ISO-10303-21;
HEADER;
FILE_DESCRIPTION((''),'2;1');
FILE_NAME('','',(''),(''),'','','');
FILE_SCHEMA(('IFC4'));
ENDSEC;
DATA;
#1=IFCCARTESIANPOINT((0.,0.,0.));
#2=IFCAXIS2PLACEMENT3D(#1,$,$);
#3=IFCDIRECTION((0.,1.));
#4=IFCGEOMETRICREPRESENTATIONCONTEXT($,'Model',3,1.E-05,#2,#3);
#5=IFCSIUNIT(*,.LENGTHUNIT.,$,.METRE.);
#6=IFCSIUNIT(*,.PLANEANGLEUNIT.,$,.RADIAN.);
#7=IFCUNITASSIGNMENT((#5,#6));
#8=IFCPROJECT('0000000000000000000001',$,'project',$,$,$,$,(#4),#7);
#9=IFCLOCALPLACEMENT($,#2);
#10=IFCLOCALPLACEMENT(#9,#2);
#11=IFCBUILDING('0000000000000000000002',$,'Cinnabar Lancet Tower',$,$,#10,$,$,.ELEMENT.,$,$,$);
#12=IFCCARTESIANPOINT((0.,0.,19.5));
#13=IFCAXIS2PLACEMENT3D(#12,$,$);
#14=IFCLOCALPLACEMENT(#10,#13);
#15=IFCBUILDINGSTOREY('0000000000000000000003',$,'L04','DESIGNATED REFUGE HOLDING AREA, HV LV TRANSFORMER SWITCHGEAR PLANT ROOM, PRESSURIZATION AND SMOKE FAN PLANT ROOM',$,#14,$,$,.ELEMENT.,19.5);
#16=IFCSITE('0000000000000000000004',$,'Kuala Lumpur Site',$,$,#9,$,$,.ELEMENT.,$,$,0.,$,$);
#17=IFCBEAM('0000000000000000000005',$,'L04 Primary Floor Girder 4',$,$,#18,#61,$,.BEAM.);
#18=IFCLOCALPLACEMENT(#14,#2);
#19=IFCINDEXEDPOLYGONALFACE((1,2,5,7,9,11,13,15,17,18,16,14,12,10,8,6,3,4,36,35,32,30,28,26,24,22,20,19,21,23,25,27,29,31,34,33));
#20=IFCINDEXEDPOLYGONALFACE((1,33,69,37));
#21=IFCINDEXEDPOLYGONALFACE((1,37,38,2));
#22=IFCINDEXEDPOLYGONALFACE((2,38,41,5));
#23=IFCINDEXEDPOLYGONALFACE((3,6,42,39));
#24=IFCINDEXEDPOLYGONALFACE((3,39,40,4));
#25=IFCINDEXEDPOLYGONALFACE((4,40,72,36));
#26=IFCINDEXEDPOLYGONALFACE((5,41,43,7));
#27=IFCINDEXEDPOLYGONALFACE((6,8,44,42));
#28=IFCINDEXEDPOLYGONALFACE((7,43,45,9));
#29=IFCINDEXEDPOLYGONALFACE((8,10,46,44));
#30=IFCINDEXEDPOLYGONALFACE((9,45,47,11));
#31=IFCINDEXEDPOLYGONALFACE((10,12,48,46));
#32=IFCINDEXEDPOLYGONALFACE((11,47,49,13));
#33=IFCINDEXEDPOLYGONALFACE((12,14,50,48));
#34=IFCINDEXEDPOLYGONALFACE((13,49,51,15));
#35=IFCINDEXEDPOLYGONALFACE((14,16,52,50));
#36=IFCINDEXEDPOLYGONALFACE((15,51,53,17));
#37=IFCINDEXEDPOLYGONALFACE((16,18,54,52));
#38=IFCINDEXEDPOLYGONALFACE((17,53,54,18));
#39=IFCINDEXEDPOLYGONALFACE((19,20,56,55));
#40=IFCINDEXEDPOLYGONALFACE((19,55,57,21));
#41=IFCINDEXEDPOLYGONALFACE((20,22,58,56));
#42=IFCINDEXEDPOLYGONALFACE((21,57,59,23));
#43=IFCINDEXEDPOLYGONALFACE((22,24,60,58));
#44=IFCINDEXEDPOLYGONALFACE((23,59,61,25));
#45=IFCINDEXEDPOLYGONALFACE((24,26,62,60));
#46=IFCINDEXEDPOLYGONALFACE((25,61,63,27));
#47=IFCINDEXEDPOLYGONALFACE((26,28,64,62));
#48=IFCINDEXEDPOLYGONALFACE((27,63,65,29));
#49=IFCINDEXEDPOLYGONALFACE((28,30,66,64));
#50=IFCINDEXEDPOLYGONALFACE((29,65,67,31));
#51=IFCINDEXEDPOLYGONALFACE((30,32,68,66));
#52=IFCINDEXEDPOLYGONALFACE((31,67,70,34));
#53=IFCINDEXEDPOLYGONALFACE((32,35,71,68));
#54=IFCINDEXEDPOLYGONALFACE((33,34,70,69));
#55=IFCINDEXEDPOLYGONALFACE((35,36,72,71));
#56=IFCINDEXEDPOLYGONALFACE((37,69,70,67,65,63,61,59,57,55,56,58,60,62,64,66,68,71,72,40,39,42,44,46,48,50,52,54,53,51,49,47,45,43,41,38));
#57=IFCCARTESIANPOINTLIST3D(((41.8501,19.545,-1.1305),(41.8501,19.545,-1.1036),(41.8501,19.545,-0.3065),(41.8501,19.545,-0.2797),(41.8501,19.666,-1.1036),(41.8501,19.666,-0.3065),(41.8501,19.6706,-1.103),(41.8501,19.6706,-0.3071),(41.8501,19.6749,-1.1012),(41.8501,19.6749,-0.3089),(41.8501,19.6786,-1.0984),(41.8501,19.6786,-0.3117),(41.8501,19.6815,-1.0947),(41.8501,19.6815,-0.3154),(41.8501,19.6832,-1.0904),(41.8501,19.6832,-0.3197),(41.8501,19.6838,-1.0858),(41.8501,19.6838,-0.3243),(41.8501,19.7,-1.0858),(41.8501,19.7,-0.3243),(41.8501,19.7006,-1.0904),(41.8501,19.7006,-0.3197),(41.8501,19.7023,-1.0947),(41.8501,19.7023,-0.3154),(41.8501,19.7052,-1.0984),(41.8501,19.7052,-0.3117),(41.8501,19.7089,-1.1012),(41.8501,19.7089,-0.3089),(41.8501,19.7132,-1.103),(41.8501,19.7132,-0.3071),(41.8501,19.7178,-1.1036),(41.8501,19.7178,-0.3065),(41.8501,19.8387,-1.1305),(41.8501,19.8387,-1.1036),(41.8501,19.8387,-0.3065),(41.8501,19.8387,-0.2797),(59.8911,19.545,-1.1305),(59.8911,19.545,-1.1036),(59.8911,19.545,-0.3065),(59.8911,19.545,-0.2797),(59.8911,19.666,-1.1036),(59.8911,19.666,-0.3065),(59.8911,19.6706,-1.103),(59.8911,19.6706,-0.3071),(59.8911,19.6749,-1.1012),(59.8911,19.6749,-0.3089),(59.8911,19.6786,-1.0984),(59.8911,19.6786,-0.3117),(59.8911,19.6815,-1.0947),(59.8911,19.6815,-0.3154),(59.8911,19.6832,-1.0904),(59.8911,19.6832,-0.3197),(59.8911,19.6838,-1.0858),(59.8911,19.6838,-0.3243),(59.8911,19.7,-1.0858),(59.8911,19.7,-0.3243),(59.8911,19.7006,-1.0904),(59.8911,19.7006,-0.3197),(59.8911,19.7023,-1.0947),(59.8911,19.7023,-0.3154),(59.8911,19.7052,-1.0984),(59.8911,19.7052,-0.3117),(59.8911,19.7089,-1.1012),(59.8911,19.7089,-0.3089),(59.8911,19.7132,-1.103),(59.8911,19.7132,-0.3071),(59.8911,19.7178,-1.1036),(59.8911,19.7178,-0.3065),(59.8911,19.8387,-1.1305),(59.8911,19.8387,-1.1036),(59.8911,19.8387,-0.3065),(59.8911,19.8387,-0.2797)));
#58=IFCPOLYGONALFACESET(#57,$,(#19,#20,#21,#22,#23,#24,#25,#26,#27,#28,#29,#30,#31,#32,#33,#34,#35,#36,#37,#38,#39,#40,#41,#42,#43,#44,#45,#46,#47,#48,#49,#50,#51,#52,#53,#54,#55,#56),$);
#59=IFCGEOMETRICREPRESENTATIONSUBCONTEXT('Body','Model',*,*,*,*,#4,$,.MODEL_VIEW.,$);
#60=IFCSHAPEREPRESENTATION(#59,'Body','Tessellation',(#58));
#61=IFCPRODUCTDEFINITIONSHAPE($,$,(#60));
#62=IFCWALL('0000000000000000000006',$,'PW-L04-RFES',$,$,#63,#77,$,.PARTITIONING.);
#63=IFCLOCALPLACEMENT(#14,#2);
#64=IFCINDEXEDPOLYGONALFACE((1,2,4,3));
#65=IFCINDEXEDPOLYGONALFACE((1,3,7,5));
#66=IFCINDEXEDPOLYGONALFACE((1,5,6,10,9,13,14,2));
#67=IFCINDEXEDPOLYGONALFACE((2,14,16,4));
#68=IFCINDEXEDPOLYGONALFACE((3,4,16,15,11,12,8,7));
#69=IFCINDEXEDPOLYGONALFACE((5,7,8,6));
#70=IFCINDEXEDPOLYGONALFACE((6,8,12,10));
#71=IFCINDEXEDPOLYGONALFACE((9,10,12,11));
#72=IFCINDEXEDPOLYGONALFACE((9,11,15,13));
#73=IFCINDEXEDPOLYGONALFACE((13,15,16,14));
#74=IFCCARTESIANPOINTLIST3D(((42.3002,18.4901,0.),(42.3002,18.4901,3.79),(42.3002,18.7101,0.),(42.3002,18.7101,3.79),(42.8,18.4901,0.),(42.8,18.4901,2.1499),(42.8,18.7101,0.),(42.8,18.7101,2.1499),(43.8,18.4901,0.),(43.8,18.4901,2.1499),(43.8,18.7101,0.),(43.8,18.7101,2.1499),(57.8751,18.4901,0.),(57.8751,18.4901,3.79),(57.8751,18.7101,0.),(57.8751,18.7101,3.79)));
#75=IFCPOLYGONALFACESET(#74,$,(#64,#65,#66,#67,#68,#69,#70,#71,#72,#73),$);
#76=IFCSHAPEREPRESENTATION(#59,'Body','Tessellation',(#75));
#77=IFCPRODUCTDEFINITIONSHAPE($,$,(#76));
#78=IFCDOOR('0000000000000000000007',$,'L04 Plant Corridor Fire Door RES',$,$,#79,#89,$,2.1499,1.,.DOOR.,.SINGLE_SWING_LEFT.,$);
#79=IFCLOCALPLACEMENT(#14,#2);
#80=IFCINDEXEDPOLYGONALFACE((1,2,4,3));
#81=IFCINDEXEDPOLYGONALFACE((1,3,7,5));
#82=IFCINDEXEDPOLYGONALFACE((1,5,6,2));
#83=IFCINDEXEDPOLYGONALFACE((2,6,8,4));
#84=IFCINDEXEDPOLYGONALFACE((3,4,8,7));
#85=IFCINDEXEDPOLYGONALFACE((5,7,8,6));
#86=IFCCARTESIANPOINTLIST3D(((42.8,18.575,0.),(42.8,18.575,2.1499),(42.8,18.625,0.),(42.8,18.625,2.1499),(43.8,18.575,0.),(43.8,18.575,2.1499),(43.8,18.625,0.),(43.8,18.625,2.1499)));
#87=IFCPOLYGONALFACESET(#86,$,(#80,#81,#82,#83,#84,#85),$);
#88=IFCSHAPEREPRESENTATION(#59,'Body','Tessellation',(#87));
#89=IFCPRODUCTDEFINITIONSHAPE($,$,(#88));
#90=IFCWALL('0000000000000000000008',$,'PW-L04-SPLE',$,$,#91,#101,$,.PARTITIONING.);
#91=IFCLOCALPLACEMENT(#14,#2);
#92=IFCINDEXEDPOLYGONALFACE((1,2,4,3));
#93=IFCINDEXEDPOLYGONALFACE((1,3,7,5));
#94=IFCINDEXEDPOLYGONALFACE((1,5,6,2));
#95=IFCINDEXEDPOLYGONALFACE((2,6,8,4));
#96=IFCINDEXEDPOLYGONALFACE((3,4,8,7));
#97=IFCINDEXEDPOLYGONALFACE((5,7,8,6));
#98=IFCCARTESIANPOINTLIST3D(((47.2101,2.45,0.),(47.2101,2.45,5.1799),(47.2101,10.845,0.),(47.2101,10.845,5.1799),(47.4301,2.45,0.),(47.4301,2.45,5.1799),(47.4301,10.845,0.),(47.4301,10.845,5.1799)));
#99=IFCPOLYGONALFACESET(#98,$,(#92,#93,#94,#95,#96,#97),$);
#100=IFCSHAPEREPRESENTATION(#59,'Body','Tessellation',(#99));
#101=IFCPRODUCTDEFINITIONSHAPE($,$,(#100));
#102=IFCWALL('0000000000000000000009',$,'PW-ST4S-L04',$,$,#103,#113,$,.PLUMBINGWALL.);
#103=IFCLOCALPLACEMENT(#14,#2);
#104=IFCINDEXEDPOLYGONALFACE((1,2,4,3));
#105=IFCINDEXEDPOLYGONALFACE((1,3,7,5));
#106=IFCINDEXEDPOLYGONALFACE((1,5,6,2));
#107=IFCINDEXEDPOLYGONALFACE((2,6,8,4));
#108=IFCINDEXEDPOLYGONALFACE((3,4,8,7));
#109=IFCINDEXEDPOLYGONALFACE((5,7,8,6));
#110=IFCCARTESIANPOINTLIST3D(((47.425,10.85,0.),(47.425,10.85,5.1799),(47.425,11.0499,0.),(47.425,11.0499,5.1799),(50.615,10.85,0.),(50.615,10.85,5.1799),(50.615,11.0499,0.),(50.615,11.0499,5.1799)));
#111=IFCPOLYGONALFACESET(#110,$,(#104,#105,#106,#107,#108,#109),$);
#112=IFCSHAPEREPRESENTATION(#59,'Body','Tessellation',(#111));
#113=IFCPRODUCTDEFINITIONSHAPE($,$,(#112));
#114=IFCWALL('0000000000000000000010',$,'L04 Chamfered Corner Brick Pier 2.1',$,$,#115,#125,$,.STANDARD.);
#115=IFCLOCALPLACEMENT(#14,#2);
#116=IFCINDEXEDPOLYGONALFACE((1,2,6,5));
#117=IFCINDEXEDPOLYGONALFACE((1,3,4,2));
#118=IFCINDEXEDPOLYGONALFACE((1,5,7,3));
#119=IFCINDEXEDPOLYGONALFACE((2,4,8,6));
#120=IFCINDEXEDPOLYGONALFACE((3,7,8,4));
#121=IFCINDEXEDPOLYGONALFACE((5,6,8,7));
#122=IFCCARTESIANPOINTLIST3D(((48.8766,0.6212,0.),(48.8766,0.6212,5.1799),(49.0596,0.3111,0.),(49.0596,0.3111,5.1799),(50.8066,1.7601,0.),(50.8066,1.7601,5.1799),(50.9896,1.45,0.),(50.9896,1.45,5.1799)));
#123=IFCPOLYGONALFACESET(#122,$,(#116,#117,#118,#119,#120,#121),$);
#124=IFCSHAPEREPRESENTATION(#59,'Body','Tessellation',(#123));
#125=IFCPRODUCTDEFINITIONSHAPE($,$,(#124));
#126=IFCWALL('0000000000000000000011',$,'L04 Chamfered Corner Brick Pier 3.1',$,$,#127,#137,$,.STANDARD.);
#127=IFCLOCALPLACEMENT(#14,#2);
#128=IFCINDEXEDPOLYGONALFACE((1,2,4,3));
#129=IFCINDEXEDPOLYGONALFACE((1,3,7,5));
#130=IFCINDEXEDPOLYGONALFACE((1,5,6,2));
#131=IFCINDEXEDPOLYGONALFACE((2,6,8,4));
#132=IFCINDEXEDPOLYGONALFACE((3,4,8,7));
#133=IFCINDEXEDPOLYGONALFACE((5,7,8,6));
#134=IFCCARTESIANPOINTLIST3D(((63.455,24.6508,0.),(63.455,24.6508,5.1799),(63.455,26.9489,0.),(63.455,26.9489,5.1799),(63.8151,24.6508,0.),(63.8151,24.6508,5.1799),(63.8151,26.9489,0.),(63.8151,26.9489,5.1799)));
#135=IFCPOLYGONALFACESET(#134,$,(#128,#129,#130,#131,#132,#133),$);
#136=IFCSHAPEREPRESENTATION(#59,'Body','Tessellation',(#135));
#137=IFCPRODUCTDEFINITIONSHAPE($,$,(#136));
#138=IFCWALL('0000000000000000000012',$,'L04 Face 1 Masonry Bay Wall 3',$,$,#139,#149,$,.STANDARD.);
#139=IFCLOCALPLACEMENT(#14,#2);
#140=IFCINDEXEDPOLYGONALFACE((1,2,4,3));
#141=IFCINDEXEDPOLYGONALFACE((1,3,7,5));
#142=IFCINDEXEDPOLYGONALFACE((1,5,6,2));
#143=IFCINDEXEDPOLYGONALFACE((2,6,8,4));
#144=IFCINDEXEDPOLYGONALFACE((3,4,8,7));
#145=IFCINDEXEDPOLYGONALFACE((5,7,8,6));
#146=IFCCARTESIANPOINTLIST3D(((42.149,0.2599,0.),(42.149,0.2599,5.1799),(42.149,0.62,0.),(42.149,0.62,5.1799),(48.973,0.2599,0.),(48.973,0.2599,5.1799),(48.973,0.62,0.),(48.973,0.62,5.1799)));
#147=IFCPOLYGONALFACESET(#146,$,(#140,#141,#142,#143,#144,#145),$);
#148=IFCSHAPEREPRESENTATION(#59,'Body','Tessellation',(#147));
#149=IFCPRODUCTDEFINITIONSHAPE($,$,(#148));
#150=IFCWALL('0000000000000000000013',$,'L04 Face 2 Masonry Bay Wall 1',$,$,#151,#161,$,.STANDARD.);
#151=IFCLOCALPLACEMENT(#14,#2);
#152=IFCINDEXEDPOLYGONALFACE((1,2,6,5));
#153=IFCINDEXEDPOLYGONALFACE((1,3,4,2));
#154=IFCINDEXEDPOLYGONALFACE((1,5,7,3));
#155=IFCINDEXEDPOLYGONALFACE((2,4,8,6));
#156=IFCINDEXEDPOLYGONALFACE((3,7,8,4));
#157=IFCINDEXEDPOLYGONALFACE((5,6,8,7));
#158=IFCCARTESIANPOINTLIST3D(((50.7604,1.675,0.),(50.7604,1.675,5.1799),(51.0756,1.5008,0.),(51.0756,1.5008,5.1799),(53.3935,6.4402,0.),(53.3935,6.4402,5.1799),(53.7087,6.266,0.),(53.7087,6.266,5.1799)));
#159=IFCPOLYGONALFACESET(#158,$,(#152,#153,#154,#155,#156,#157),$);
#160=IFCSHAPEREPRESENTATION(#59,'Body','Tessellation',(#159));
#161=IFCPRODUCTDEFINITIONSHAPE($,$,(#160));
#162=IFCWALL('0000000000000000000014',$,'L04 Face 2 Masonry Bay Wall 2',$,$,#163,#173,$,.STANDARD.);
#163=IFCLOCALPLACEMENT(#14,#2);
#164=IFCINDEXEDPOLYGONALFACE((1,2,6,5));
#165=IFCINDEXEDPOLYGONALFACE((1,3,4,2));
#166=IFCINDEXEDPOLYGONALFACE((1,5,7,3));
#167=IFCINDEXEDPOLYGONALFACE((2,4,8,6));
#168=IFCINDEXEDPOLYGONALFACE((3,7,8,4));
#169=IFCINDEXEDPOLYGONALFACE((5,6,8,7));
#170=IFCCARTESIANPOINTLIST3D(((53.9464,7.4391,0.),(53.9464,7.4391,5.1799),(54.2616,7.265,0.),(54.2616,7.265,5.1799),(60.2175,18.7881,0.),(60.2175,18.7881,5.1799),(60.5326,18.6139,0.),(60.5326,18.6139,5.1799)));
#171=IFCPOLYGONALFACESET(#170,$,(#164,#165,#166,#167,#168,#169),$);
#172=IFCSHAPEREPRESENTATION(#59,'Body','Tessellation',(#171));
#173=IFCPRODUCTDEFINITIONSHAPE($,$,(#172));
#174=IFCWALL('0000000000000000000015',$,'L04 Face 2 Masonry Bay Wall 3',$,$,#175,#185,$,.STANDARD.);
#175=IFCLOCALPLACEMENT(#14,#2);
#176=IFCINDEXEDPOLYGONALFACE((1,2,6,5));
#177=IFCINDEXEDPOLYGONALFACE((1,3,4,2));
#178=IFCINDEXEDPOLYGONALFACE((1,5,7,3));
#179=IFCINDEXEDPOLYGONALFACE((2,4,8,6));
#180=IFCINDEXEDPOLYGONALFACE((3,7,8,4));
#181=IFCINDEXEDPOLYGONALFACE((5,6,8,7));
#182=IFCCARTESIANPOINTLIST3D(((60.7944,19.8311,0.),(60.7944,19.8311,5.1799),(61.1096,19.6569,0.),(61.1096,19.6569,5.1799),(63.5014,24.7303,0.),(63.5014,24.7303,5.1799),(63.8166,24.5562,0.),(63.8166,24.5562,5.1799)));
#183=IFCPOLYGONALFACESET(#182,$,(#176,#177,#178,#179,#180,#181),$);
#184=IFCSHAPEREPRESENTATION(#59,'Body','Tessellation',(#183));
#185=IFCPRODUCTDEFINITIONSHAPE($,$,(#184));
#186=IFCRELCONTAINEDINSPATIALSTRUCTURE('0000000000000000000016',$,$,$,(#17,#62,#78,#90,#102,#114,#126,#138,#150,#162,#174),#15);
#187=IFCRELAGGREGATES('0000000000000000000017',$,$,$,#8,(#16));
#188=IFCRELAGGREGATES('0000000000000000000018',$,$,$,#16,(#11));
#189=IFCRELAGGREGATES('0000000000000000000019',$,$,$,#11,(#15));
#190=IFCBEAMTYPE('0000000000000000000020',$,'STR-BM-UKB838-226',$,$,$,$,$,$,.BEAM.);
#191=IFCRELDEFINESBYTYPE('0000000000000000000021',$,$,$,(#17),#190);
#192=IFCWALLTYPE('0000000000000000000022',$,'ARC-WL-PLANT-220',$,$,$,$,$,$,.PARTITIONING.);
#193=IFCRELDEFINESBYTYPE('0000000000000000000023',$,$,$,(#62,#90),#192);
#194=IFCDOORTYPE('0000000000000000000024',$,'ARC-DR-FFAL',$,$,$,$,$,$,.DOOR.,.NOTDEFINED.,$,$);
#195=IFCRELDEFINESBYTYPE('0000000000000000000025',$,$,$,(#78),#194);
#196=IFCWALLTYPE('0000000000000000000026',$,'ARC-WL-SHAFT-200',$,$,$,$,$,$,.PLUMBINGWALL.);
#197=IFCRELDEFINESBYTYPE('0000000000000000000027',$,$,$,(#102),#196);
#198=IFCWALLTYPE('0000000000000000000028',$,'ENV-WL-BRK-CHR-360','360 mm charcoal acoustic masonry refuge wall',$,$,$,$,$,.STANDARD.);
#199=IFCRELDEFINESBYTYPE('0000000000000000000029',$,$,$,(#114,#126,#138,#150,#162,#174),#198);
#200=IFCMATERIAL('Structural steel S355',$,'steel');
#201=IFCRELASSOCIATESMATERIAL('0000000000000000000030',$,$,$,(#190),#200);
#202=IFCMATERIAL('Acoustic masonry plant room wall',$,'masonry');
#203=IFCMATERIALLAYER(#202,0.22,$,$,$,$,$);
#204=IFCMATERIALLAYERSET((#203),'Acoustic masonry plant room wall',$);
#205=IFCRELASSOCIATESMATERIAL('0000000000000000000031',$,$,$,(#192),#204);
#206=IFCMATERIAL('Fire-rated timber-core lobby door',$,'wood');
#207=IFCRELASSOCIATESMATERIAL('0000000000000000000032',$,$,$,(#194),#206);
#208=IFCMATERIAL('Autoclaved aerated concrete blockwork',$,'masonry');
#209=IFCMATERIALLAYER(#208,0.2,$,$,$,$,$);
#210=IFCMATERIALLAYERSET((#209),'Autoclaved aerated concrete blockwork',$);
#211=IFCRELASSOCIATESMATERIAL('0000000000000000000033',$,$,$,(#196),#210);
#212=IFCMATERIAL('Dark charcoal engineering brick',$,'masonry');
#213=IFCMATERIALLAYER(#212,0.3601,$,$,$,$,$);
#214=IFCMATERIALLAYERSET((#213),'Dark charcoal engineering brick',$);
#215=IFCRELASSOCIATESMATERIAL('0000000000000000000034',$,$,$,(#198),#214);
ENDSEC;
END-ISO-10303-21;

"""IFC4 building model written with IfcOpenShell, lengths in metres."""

from ifc_helpers import new_model, si_unit, direction, frame, frame_2d, origin, origin_2d, place, context, subcontext, project, spatial, rectangle, i_section, extrude, material, layer, layer_set, material_profile, profile_set, type_object, element, fill, save


model = new_model("IFC4")

# Units and contexts
model_context = context("Model", 3, precision=1e-05, world=origin(), true_north=direction((0.0, 1.0)))
body_context = subcontext(model_context, "Body", "Model", "MODEL_VIEW")
ifc_project = project(units=[si_unit("LENGTHUNIT", "METRE"), si_unit("PLANEANGLEUNIT", "RADIAN")], contexts=[model_context])

# Site, building, storey
site_placement = place(None, origin())
site = spatial("IfcSite", under=ifc_project, at=site_placement, Name="Kuala Lumpur Site", CompositionType="ELEMENT", RefElevation=0.0)
building_placement = place(site_placement, origin())
building = spatial("IfcBuilding", under=site, at=building_placement, Name="Cinnabar Lancet Tower", CompositionType="ELEMENT")
storey_placement = place(building_placement, frame((0.0, 0.0, 19.5)))
storey = spatial("IfcBuildingStorey", under=building, at=storey_placement, Name="L04", Description="DESIGNATED REFUGE HOLDING AREA, HV LV TRANSFORMER SWITCHGEAR PLANT ROOM, PRESSURIZATION AND SMOKE FAN PLANT ROOM", CompositionType="ELEMENT", Elevation=19.5)

# Beam
ifc_material_1 = material(Name="Structural steel S355", Category="steel")
ifc_material_profile_1 = material_profile(ifc_material_1, i_section(OverallWidth=0.2937, OverallDepth=0.8508, WebThickness=0.0161, FlangeThickness=0.0269, FilletRadius=0.0178, at=origin_2d()), Name="UKB 838x292x226")
ifc_profile_set_1 = profile_set([ifc_material_profile_1], Name="Structural steel S355")
beam_type_1 = type_object("IfcBeamType", Name="STR-BM-UKB838-226", PredefinedType="BEAM", material=ifc_profile_set_1)
beam_1_placement = place(storey_placement, frame((59.8911, 19.6919, -0.7051), z_axis=(-1.0, 0.0, 0.0), x_axis=(0.0, -1.0, 0.0)))
element("IfcBeam", 1, at=beam_1_placement, inside=storey, type_object=beam_type_1, Name="L04 Primary Floor Girder 4", PredefinedType="BEAM", context=body_context, shape_type="SweptSolid", body=[
    extrude(i_section(OverallWidth=0.2937, OverallDepth=0.8508, WebThickness=0.0161, FlangeThickness=0.0269, FilletRadius=0.0178, at=origin_2d()), origin(), (0.0, 0.0, 1.0), 18.041),
])

# Wall, opening, door
ifc_material_2 = material(Name="Acoustic masonry plant room wall", Category="masonry")
ifc_layer_1 = layer(ifc_material_2, 0.22)
ifc_layer_set_1 = layer_set([ifc_layer_1], Name="Acoustic masonry plant room wall")
wall_type_1 = type_object("IfcWallType", Name="ARC-WL-PLANT-220", PredefinedType="PARTITIONING", material=ifc_layer_set_1)
wall_1_placement = place(storey_placement, frame((42.3, 18.6001, 0.0), z_axis=(0.0, 0.0, 1.0), x_axis=(1.0, 0.0, 0.0)))
wall_1 = element("IfcWall", 2, at=wall_1_placement, inside=storey, type_object=wall_type_1, Name="PW-L04-RFES", PredefinedType="PARTITIONING", context=body_context, shape_type="SweptSolid", body=[
    extrude(rectangle(XDim=15.575, YDim=0.22, at=frame_2d((7.7876, 0.0))), origin(), (0.0, 0.0, 1.0), 3.79),
])
opening_1_placement = place(wall_1_placement, frame((0.5, 0.0, 0.0)))
opening_1 = element("IfcOpeningElement", 3, at=opening_1_placement, cuts=wall_1, PredefinedType="OPENING", context=body_context, shape_type="SweptSolid", body=[
    extrude(rectangle(XDim=1.0, YDim=2.1499, at=frame_2d((0.5, 1.075))), frame((0.0, 0.1199, 0.0), z_axis=(0.0, -1.0, 0.0), x_axis=(1.0, 0.0, 0.0)), (0.0, 0.0, 1.0), 0.24),
])
ifc_material_3 = material(Name="Fire-rated timber-core lobby door", Category="wood")
door_type_1 = type_object("IfcDoorType", Name="ARC-DR-FFAL", OperationType="NOTDEFINED", PredefinedType="DOOR", material=ifc_material_3)
door_1_placement = place(opening_1_placement, origin())
door_1 = element("IfcDoor", 4, at=door_1_placement, inside=storey, type_object=door_type_1, Name="L04 Plant Corridor Fire Door RES", OperationType="SINGLE_SWING_LEFT", OverallHeight=2.1499, OverallWidth=1.0, PredefinedType="DOOR", context=body_context, shape_type="SweptSolid", body=[
    extrude(rectangle(XDim=1.0, YDim=2.1499, at=frame_2d((0.5, 1.075))), frame((0.0, 0.0249, 0.0), z_axis=(0.0, -1.0, 0.0), x_axis=(1.0, 0.0, 0.0)), (0.0, 0.0, 1.0), 0.05),
])
fill(opening_1, door_1)

# Walls
wall_2_placement = place(storey_placement, frame((47.3201, 2.45, 0.0), z_axis=(0.0, 0.0, 1.0), x_axis=(0.0, 1.0, 0.0)))
element("IfcWall", 5, at=wall_2_placement, inside=storey, type_object=wall_type_1, Name="PW-L04-SPLE", PredefinedType="PARTITIONING", context=body_context, shape_type="SweptSolid", body=[
    extrude(rectangle(XDim=8.395, YDim=0.22, at=frame_2d((4.1975, 0.0))), origin(), (0.0, 0.0, 1.0), 5.1799),
])
ifc_material_4 = material(Name="Autoclaved aerated concrete blockwork", Category="masonry")
ifc_layer_2 = layer(ifc_material_4, 0.2)
ifc_layer_set_2 = layer_set([ifc_layer_2], Name="Autoclaved aerated concrete blockwork")
wall_type_2 = type_object("IfcWallType", Name="ARC-WL-SHAFT-200", PredefinedType="PLUMBINGWALL", material=ifc_layer_set_2)
wall_3_placement = place(storey_placement, frame((47.425, 10.95, 0.0), z_axis=(0.0, 0.0, 1.0), x_axis=(1.0, 0.0, 0.0)))
element("IfcWall", 6, at=wall_3_placement, inside=storey, type_object=wall_type_2, Name="PW-ST4S-L04", PredefinedType="PLUMBINGWALL", context=body_context, shape_type="SweptSolid", body=[
    extrude(rectangle(XDim=3.1899, YDim=0.2, at=frame_2d((1.595, 0.0))), origin(), (0.0, 0.0, 1.0), 5.1799),
])

# Walls
ifc_material_5 = material(Name="Dark charcoal engineering brick", Category="masonry")
ifc_layer_3 = layer(ifc_material_5, 0.3601)
ifc_layer_set_3 = layer_set([ifc_layer_3], Name="Dark charcoal engineering brick")
wall_type_3 = type_object("IfcWallType", Name="ENV-WL-BRK-CHR-360", Description="360 mm charcoal acoustic masonry refuge wall", PredefinedType="STANDARD", material=ifc_layer_set_3)
wall_4_placement = place(storey_placement, frame((48.968, 0.4661, 0.0), z_axis=(0.0, 0.0, 1.0), x_axis=(0.861219, 0.508234, 0.0)))
element("IfcWall", 7, at=wall_4_placement, inside=storey, type_object=wall_type_3, Name="L04 Chamfered Corner Brick Pier 2.1", PredefinedType="STANDARD", context=body_context, shape_type="SweptSolid", body=[
    extrude(rectangle(XDim=2.241, YDim=0.3601, at=frame_2d((1.1206, 0.0))), origin(), (0.0, 0.0, 1.0), 5.1799),
])
wall_5_placement = place(storey_placement, frame((63.635, 24.6509, 0.0), z_axis=(0.0, 0.0, 1.0), x_axis=(0.0, 1.0, 0.0)))
element("IfcWall", 8, at=wall_5_placement, inside=storey, type_object=wall_type_3, Name="L04 Chamfered Corner Brick Pier 3.1", PredefinedType="STANDARD", context=body_context, shape_type="SweptSolid", body=[
    extrude(rectangle(XDim=2.2981, YDim=0.3601, at=frame_2d((1.1489, 0.0))), origin(), (0.0, 0.0, 1.0), 5.1799),
])
wall_6_placement = place(storey_placement, frame((42.1489, 0.4399, 0.0), z_axis=(0.0, 0.0, 1.0), x_axis=(1.0, 0.0, 0.0)))
element("IfcWall", 9, at=wall_6_placement, inside=storey, type_object=wall_type_3, Name="L04 Face 1 Masonry Bay Wall 3", PredefinedType="STANDARD", context=body_context, shape_type="SweptSolid", body=[
    extrude(rectangle(XDim=6.824, YDim=0.3601, at=frame_2d((3.4121, 0.0))), origin(), (0.0, 0.0, 1.0), 5.1799),
])
wall_7_placement = place(storey_placement, frame((50.918, 1.5879, 0.0), z_axis=(0.0, 0.0, 1.0), x_axis=(0.483643, 0.875266, 0.0)))
element("IfcWall", 10, at=wall_7_placement, inside=storey, type_object=wall_type_3, Name="L04 Face 2 Masonry Bay Wall 1", PredefinedType="STANDARD", context=body_context, shape_type="SweptSolid", body=[
    extrude(rectangle(XDim=5.4443, YDim=0.3601, at=frame_2d((2.7222, 0.0))), origin(), (0.0, 0.0, 1.0), 5.1799),
])
wall_8_placement = place(storey_placement, frame((54.104, 7.3521, 0.0), z_axis=(0.0, 0.0, 1.0), x_axis=(0.483642, 0.875266, 0.0)))
element("IfcWall", 11, at=wall_8_placement, inside=storey, type_object=wall_type_3, Name="L04 Face 2 Masonry Bay Wall 2", PredefinedType="STANDARD", context=body_context, shape_type="SweptSolid", body=[
    extrude(rectangle(XDim=12.9663, YDim=0.3601, at=frame_2d((6.4832, 0.0))), origin(), (0.0, 0.0, 1.0), 5.1799),
])
wall_9_placement = place(storey_placement, frame((60.9519, 19.7439, 0.0), z_axis=(0.0, 0.0, 1.0), x_axis=(0.483631, 0.875272, 0.0)))
element("IfcWall", 12, at=wall_9_placement, inside=storey, type_object=wall_type_3, Name="L04 Face 2 Masonry Bay Wall 3", PredefinedType="STANDARD", context=body_context, shape_type="SweptSolid", body=[
    extrude(rectangle(XDim=5.5974, YDim=0.3601, at=frame_2d((2.7988, 0.0))), origin(), (0.0, 0.0, 1.0), 5.1799),
])

save(model, "model.ifc")
